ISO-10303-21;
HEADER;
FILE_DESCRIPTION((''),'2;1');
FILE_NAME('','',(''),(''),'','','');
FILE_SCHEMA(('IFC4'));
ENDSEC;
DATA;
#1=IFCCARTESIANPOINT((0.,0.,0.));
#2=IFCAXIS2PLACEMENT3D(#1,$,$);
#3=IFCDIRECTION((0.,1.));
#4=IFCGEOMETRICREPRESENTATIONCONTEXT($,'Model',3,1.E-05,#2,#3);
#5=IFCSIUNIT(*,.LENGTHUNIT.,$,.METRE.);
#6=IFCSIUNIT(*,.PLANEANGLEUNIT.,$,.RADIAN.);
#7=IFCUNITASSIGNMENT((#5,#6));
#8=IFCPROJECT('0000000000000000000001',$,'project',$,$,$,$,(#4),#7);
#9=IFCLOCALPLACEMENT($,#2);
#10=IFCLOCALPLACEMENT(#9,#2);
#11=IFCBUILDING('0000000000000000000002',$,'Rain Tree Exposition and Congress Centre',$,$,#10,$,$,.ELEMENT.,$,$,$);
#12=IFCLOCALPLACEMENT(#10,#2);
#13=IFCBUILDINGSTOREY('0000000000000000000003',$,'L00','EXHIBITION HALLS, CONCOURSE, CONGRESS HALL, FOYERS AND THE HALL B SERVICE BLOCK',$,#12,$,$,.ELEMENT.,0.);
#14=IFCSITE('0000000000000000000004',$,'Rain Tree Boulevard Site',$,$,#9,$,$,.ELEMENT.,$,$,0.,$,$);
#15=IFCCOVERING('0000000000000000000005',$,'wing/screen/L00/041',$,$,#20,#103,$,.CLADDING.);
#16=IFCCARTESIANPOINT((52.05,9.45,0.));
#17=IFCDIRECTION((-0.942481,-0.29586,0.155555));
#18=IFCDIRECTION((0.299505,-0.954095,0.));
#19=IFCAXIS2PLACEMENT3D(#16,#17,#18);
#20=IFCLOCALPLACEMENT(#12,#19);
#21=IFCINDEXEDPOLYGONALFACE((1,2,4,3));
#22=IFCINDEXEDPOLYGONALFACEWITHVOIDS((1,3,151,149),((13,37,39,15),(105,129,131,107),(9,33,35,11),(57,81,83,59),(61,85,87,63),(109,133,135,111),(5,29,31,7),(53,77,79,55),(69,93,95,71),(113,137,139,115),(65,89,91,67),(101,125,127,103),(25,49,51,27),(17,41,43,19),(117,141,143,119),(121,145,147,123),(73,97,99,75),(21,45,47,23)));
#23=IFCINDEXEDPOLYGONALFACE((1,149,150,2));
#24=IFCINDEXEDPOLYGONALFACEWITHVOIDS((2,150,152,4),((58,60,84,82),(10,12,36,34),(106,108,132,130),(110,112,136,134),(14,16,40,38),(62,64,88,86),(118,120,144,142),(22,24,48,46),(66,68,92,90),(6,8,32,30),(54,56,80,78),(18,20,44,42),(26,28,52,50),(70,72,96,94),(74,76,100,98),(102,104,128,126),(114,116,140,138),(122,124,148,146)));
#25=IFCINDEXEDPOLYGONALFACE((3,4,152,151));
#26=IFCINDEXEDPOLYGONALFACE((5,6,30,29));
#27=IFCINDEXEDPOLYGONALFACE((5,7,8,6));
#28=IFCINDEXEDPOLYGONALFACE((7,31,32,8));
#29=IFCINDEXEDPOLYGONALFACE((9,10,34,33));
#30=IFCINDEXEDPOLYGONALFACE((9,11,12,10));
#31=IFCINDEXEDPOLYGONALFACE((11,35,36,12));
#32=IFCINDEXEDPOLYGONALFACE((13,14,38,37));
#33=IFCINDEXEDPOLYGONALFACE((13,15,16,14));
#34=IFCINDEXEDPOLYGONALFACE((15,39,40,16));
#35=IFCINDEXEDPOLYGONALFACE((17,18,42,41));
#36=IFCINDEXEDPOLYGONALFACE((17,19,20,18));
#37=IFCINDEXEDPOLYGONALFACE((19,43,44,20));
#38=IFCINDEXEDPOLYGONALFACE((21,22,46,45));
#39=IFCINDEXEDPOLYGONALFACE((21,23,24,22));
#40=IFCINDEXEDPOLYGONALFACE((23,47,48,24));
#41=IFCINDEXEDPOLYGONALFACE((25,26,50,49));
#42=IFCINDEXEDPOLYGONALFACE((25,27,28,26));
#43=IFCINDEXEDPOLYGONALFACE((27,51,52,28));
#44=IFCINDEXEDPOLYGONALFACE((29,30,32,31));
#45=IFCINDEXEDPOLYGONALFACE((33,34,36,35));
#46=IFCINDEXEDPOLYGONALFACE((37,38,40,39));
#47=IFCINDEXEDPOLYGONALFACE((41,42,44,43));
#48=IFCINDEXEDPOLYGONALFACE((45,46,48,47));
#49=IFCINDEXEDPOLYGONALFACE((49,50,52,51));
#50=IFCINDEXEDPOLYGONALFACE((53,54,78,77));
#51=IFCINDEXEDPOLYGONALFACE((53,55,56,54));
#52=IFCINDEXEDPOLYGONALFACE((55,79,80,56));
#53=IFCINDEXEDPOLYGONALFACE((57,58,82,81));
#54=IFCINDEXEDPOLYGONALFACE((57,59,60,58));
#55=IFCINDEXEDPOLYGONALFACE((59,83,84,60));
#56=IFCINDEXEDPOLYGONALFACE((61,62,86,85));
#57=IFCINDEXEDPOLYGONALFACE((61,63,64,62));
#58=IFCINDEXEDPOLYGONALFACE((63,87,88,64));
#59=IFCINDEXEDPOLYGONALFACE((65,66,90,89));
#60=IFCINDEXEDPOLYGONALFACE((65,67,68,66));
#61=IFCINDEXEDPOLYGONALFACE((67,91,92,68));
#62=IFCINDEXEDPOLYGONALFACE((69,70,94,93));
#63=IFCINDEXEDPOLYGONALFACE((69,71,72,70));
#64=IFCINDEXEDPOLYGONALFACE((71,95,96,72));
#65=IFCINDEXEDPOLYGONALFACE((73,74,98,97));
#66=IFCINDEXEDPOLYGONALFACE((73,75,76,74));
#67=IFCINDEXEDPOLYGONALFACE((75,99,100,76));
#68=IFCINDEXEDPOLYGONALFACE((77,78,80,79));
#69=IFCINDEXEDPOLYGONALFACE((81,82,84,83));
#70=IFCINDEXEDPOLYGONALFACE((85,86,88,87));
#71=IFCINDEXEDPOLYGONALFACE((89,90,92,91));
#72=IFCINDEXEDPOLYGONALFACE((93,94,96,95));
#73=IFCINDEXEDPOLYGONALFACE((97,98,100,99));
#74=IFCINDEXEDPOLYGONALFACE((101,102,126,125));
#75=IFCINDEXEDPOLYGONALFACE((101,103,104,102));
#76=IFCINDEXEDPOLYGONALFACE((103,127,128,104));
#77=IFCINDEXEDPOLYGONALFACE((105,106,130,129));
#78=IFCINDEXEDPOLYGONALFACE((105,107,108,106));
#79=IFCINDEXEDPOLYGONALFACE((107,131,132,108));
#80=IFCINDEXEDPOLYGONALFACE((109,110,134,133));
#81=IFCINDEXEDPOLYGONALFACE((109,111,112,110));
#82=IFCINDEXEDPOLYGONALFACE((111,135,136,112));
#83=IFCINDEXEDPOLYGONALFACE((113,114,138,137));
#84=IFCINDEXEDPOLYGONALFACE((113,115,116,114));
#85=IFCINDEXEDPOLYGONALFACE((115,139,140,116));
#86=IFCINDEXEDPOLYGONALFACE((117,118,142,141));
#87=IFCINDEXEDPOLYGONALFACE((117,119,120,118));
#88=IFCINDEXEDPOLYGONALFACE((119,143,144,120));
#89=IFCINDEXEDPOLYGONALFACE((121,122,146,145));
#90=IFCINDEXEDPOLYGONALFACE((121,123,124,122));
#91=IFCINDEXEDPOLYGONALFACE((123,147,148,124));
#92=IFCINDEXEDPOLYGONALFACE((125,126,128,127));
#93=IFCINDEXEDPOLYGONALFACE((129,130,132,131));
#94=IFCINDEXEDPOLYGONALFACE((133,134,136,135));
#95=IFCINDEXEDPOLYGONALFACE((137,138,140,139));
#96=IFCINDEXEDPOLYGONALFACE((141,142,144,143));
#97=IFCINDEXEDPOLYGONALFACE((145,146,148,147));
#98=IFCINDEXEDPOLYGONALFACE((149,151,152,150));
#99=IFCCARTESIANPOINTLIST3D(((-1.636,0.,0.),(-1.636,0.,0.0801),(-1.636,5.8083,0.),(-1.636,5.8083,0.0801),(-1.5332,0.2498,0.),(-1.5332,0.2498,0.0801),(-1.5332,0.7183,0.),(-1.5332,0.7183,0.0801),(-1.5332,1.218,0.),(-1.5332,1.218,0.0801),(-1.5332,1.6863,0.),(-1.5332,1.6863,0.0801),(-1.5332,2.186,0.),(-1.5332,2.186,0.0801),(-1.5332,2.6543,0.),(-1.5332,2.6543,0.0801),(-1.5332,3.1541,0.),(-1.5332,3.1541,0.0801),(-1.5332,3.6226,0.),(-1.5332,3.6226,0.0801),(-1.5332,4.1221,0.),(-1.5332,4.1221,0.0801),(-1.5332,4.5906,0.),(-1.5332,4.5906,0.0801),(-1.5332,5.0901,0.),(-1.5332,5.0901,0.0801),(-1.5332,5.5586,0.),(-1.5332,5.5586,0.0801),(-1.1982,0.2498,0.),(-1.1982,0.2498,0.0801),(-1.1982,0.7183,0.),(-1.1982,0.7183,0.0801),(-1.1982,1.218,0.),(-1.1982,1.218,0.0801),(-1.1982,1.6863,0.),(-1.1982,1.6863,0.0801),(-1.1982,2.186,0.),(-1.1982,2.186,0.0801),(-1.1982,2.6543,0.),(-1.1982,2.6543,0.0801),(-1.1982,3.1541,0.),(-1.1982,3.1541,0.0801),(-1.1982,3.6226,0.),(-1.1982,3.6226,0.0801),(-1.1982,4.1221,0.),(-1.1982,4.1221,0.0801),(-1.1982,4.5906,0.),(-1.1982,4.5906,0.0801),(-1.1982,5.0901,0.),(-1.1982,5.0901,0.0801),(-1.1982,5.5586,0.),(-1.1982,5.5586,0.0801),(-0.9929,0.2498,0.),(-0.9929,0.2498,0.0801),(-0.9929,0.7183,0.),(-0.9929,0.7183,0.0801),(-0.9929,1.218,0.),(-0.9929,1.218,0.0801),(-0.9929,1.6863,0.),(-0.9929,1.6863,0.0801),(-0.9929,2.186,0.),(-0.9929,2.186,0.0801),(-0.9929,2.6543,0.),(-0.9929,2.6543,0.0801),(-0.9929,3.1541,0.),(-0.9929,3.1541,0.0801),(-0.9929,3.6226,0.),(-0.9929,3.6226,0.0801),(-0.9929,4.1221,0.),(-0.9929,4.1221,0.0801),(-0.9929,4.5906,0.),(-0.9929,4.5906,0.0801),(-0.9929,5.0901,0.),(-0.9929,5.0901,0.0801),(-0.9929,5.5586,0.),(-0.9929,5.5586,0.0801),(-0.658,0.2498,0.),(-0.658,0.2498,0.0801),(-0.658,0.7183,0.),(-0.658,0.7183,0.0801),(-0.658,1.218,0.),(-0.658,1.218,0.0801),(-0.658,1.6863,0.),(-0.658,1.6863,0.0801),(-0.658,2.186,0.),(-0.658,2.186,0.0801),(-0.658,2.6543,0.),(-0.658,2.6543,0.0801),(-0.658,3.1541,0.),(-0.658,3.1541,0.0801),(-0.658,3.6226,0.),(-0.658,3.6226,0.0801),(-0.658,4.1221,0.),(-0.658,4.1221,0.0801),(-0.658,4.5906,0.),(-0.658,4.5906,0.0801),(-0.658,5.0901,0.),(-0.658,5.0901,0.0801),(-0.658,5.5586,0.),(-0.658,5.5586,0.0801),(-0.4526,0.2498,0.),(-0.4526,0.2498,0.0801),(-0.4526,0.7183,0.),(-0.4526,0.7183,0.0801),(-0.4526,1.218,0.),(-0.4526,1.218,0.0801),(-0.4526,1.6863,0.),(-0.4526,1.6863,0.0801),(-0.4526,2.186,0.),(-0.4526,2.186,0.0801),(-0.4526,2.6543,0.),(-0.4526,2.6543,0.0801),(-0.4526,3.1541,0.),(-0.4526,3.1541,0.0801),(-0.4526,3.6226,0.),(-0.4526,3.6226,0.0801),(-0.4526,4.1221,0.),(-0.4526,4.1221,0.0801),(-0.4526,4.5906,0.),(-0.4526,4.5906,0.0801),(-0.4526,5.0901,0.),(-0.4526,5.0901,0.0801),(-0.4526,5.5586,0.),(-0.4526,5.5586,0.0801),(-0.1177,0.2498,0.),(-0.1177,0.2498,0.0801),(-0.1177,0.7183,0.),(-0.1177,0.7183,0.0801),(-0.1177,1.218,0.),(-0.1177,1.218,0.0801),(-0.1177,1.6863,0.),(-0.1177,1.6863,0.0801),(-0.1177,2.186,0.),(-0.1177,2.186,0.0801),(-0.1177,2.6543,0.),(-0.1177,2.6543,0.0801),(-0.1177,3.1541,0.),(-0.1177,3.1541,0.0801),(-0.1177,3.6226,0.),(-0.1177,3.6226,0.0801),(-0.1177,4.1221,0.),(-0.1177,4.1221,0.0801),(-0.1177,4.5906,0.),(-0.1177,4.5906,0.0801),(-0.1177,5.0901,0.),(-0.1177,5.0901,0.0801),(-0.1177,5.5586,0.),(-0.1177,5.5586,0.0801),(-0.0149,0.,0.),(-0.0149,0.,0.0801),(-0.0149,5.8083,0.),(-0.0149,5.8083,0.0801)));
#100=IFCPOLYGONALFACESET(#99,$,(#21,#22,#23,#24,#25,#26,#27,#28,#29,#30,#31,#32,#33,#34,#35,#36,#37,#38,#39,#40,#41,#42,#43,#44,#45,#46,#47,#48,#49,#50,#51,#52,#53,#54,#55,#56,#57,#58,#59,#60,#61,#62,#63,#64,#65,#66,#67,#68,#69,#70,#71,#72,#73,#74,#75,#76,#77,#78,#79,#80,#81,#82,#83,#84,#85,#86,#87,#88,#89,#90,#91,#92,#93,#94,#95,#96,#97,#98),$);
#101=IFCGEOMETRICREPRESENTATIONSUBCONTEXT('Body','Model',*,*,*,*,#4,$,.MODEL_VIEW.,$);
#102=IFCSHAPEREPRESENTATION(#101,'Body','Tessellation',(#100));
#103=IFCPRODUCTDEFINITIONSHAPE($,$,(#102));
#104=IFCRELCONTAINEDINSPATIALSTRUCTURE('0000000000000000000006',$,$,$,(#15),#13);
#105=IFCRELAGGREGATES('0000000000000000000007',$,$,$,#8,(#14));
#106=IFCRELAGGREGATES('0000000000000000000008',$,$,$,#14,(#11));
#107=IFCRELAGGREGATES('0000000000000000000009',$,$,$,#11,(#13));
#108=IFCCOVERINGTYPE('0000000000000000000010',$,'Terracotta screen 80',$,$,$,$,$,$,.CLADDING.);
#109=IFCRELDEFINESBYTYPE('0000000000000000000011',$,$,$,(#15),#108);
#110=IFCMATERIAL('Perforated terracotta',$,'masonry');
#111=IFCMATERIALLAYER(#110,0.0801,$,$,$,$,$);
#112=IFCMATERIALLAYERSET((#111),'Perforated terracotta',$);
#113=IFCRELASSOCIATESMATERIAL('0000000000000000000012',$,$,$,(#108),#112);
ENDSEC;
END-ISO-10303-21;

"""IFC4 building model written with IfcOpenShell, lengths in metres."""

from ifc_helpers import new_model, si_unit, direction, frame, origin, place, context, subcontext, project, spatial, polyline, outline, extrude, material, layer, layer_set, type_object, element, save


model = new_model("IFC4")

# Units and contexts
model_context = context("Model", 3, precision=1e-05, world=origin(), true_north=direction((0.0, 1.0)))
body_context = subcontext(model_context, "Body", "Model", "MODEL_VIEW")
ifc_project = project(units=[si_unit("LENGTHUNIT", "METRE"), si_unit("PLANEANGLEUNIT", "RADIAN")], contexts=[model_context])

# Site, building, storey
site_placement = place(None, origin())
site = spatial("IfcSite", under=ifc_project, at=site_placement, Name="Rain Tree Boulevard Site", CompositionType="ELEMENT", RefElevation=0.0)
building_placement = place(site_placement, origin())
building = spatial("IfcBuilding", under=site, at=building_placement, Name="Rain Tree Exposition and Congress Centre", CompositionType="ELEMENT")
storey_placement = place(building_placement, origin())
storey = spatial("IfcBuildingStorey", under=building, at=storey_placement, Name="L00", Description="EXHIBITION HALLS, CONCOURSE, CONGRESS HALL, FOYERS AND THE HALL B SERVICE BLOCK", CompositionType="ELEMENT", Elevation=0.0)

# Covering
ifc_material_1 = material(Name="Perforated terracotta", Category="masonry")
ifc_layer_1 = layer(ifc_material_1, 0.0801)
ifc_layer_set_1 = layer_set([ifc_layer_1], Name="Perforated terracotta")
covering_type = type_object("IfcCoveringType", Name="Terracotta screen 80", PredefinedType="CLADDING", material=ifc_layer_set_1)
covering_1_placement = place(storey_placement, frame((52.05, 9.45, 0.0), z_axis=(-0.942481, -0.29586, 0.155555), x_axis=(0.299505, -0.954095, 0.0)))
element("IfcCovering", 1, at=covering_1_placement, inside=storey, type_object=covering_type, Name="wing/screen/L00/041", PredefinedType="CLADDING", context=body_context, shape_type="SweptSolid", body=[
    extrude(outline(polyline([(-0.0149, 5.8083), (-0.0149, 0.0), (-1.636, 0.0), (-1.636, 5.8083), (-0.0149, 5.8083)]), holes=[polyline([(-0.1177, 0.2498), (-0.1177, 0.7183), (-0.4526, 0.7183), (-0.4526, 0.2498), (-0.1177, 0.2498)]), polyline([(-0.1177, 1.218), (-0.1177, 1.6863), (-0.4526, 1.6863), (-0.4526, 1.218), (-0.1177, 1.218)]), polyline([(-0.1177, 2.186), (-0.1177, 2.6543), (-0.4526, 2.6543), (-0.4526, 2.186), (-0.1177, 2.186)]), polyline([(-0.1177, 3.1541), (-0.1177, 3.6226), (-0.4526, 3.6226), (-0.4526, 3.1541), (-0.1177, 3.1541)]), polyline([(-0.1177, 4.1221), (-0.1177, 4.5906), (-0.4526, 4.5906), (-0.4526, 4.1221), (-0.1177, 4.1221)]), polyline([(-0.1177, 5.0901), (-0.1177, 5.5586), (-0.4526, 5.5586), (-0.4526, 5.0901), (-0.1177, 5.0901)]), polyline([(-0.658, 0.2498), (-0.658, 0.7183), (-0.9929, 0.7183), (-0.9929, 0.2498), (-0.658, 0.2498)]), polyline([(-0.658, 1.218), (-0.658, 1.6863), (-0.9929, 1.6863), (-0.9929, 1.218), (-0.658, 1.218)]), polyline([(-0.658, 2.186), (-0.658, 2.6543), (-0.9929, 2.6543), (-0.9929, 2.186), (-0.658, 2.186)]), polyline([(-0.658, 3.1541), (-0.658, 3.6226), (-0.9929, 3.6226), (-0.9929, 3.1541), (-0.658, 3.1541)]), polyline([(-0.658, 4.1221), (-0.658, 4.5906), (-0.9929, 4.5906), (-0.9929, 4.1221), (-0.658, 4.1221)]), polyline([(-0.658, 5.0901), (-0.658, 5.5586), (-0.9929, 5.5586), (-0.9929, 5.0901), (-0.658, 5.0901)]), polyline([(-1.1982, 0.2498), (-1.1982, 0.7183), (-1.5332, 0.7183), (-1.5332, 0.2498), (-1.1982, 0.2498)]), polyline([(-1.1982, 1.218), (-1.1982, 1.6863), (-1.5332, 1.6863), (-1.5332, 1.218), (-1.1982, 1.218)]), polyline([(-1.1982, 2.186), (-1.1982, 2.6543), (-1.5332, 2.6543), (-1.5332, 2.186), (-1.1982, 2.186)]), polyline([(-1.1982, 3.1541), (-1.1982, 3.6226), (-1.5332, 3.6226), (-1.5332, 3.1541), (-1.1982, 3.1541)]), polyline([(-1.1982, 4.1221), (-1.1982, 4.5906), (-1.5332, 4.5906), (-1.5332, 4.1221), (-1.1982, 4.1221)]), polyline([(-1.1982, 5.0901), (-1.1982, 5.5586), (-1.5332, 5.5586), (-1.5332, 5.0901), (-1.1982, 5.0901)])]), origin(), (0.0, 0.0, 1.0), 0.0801),
])

save(model, "model.ifc")
